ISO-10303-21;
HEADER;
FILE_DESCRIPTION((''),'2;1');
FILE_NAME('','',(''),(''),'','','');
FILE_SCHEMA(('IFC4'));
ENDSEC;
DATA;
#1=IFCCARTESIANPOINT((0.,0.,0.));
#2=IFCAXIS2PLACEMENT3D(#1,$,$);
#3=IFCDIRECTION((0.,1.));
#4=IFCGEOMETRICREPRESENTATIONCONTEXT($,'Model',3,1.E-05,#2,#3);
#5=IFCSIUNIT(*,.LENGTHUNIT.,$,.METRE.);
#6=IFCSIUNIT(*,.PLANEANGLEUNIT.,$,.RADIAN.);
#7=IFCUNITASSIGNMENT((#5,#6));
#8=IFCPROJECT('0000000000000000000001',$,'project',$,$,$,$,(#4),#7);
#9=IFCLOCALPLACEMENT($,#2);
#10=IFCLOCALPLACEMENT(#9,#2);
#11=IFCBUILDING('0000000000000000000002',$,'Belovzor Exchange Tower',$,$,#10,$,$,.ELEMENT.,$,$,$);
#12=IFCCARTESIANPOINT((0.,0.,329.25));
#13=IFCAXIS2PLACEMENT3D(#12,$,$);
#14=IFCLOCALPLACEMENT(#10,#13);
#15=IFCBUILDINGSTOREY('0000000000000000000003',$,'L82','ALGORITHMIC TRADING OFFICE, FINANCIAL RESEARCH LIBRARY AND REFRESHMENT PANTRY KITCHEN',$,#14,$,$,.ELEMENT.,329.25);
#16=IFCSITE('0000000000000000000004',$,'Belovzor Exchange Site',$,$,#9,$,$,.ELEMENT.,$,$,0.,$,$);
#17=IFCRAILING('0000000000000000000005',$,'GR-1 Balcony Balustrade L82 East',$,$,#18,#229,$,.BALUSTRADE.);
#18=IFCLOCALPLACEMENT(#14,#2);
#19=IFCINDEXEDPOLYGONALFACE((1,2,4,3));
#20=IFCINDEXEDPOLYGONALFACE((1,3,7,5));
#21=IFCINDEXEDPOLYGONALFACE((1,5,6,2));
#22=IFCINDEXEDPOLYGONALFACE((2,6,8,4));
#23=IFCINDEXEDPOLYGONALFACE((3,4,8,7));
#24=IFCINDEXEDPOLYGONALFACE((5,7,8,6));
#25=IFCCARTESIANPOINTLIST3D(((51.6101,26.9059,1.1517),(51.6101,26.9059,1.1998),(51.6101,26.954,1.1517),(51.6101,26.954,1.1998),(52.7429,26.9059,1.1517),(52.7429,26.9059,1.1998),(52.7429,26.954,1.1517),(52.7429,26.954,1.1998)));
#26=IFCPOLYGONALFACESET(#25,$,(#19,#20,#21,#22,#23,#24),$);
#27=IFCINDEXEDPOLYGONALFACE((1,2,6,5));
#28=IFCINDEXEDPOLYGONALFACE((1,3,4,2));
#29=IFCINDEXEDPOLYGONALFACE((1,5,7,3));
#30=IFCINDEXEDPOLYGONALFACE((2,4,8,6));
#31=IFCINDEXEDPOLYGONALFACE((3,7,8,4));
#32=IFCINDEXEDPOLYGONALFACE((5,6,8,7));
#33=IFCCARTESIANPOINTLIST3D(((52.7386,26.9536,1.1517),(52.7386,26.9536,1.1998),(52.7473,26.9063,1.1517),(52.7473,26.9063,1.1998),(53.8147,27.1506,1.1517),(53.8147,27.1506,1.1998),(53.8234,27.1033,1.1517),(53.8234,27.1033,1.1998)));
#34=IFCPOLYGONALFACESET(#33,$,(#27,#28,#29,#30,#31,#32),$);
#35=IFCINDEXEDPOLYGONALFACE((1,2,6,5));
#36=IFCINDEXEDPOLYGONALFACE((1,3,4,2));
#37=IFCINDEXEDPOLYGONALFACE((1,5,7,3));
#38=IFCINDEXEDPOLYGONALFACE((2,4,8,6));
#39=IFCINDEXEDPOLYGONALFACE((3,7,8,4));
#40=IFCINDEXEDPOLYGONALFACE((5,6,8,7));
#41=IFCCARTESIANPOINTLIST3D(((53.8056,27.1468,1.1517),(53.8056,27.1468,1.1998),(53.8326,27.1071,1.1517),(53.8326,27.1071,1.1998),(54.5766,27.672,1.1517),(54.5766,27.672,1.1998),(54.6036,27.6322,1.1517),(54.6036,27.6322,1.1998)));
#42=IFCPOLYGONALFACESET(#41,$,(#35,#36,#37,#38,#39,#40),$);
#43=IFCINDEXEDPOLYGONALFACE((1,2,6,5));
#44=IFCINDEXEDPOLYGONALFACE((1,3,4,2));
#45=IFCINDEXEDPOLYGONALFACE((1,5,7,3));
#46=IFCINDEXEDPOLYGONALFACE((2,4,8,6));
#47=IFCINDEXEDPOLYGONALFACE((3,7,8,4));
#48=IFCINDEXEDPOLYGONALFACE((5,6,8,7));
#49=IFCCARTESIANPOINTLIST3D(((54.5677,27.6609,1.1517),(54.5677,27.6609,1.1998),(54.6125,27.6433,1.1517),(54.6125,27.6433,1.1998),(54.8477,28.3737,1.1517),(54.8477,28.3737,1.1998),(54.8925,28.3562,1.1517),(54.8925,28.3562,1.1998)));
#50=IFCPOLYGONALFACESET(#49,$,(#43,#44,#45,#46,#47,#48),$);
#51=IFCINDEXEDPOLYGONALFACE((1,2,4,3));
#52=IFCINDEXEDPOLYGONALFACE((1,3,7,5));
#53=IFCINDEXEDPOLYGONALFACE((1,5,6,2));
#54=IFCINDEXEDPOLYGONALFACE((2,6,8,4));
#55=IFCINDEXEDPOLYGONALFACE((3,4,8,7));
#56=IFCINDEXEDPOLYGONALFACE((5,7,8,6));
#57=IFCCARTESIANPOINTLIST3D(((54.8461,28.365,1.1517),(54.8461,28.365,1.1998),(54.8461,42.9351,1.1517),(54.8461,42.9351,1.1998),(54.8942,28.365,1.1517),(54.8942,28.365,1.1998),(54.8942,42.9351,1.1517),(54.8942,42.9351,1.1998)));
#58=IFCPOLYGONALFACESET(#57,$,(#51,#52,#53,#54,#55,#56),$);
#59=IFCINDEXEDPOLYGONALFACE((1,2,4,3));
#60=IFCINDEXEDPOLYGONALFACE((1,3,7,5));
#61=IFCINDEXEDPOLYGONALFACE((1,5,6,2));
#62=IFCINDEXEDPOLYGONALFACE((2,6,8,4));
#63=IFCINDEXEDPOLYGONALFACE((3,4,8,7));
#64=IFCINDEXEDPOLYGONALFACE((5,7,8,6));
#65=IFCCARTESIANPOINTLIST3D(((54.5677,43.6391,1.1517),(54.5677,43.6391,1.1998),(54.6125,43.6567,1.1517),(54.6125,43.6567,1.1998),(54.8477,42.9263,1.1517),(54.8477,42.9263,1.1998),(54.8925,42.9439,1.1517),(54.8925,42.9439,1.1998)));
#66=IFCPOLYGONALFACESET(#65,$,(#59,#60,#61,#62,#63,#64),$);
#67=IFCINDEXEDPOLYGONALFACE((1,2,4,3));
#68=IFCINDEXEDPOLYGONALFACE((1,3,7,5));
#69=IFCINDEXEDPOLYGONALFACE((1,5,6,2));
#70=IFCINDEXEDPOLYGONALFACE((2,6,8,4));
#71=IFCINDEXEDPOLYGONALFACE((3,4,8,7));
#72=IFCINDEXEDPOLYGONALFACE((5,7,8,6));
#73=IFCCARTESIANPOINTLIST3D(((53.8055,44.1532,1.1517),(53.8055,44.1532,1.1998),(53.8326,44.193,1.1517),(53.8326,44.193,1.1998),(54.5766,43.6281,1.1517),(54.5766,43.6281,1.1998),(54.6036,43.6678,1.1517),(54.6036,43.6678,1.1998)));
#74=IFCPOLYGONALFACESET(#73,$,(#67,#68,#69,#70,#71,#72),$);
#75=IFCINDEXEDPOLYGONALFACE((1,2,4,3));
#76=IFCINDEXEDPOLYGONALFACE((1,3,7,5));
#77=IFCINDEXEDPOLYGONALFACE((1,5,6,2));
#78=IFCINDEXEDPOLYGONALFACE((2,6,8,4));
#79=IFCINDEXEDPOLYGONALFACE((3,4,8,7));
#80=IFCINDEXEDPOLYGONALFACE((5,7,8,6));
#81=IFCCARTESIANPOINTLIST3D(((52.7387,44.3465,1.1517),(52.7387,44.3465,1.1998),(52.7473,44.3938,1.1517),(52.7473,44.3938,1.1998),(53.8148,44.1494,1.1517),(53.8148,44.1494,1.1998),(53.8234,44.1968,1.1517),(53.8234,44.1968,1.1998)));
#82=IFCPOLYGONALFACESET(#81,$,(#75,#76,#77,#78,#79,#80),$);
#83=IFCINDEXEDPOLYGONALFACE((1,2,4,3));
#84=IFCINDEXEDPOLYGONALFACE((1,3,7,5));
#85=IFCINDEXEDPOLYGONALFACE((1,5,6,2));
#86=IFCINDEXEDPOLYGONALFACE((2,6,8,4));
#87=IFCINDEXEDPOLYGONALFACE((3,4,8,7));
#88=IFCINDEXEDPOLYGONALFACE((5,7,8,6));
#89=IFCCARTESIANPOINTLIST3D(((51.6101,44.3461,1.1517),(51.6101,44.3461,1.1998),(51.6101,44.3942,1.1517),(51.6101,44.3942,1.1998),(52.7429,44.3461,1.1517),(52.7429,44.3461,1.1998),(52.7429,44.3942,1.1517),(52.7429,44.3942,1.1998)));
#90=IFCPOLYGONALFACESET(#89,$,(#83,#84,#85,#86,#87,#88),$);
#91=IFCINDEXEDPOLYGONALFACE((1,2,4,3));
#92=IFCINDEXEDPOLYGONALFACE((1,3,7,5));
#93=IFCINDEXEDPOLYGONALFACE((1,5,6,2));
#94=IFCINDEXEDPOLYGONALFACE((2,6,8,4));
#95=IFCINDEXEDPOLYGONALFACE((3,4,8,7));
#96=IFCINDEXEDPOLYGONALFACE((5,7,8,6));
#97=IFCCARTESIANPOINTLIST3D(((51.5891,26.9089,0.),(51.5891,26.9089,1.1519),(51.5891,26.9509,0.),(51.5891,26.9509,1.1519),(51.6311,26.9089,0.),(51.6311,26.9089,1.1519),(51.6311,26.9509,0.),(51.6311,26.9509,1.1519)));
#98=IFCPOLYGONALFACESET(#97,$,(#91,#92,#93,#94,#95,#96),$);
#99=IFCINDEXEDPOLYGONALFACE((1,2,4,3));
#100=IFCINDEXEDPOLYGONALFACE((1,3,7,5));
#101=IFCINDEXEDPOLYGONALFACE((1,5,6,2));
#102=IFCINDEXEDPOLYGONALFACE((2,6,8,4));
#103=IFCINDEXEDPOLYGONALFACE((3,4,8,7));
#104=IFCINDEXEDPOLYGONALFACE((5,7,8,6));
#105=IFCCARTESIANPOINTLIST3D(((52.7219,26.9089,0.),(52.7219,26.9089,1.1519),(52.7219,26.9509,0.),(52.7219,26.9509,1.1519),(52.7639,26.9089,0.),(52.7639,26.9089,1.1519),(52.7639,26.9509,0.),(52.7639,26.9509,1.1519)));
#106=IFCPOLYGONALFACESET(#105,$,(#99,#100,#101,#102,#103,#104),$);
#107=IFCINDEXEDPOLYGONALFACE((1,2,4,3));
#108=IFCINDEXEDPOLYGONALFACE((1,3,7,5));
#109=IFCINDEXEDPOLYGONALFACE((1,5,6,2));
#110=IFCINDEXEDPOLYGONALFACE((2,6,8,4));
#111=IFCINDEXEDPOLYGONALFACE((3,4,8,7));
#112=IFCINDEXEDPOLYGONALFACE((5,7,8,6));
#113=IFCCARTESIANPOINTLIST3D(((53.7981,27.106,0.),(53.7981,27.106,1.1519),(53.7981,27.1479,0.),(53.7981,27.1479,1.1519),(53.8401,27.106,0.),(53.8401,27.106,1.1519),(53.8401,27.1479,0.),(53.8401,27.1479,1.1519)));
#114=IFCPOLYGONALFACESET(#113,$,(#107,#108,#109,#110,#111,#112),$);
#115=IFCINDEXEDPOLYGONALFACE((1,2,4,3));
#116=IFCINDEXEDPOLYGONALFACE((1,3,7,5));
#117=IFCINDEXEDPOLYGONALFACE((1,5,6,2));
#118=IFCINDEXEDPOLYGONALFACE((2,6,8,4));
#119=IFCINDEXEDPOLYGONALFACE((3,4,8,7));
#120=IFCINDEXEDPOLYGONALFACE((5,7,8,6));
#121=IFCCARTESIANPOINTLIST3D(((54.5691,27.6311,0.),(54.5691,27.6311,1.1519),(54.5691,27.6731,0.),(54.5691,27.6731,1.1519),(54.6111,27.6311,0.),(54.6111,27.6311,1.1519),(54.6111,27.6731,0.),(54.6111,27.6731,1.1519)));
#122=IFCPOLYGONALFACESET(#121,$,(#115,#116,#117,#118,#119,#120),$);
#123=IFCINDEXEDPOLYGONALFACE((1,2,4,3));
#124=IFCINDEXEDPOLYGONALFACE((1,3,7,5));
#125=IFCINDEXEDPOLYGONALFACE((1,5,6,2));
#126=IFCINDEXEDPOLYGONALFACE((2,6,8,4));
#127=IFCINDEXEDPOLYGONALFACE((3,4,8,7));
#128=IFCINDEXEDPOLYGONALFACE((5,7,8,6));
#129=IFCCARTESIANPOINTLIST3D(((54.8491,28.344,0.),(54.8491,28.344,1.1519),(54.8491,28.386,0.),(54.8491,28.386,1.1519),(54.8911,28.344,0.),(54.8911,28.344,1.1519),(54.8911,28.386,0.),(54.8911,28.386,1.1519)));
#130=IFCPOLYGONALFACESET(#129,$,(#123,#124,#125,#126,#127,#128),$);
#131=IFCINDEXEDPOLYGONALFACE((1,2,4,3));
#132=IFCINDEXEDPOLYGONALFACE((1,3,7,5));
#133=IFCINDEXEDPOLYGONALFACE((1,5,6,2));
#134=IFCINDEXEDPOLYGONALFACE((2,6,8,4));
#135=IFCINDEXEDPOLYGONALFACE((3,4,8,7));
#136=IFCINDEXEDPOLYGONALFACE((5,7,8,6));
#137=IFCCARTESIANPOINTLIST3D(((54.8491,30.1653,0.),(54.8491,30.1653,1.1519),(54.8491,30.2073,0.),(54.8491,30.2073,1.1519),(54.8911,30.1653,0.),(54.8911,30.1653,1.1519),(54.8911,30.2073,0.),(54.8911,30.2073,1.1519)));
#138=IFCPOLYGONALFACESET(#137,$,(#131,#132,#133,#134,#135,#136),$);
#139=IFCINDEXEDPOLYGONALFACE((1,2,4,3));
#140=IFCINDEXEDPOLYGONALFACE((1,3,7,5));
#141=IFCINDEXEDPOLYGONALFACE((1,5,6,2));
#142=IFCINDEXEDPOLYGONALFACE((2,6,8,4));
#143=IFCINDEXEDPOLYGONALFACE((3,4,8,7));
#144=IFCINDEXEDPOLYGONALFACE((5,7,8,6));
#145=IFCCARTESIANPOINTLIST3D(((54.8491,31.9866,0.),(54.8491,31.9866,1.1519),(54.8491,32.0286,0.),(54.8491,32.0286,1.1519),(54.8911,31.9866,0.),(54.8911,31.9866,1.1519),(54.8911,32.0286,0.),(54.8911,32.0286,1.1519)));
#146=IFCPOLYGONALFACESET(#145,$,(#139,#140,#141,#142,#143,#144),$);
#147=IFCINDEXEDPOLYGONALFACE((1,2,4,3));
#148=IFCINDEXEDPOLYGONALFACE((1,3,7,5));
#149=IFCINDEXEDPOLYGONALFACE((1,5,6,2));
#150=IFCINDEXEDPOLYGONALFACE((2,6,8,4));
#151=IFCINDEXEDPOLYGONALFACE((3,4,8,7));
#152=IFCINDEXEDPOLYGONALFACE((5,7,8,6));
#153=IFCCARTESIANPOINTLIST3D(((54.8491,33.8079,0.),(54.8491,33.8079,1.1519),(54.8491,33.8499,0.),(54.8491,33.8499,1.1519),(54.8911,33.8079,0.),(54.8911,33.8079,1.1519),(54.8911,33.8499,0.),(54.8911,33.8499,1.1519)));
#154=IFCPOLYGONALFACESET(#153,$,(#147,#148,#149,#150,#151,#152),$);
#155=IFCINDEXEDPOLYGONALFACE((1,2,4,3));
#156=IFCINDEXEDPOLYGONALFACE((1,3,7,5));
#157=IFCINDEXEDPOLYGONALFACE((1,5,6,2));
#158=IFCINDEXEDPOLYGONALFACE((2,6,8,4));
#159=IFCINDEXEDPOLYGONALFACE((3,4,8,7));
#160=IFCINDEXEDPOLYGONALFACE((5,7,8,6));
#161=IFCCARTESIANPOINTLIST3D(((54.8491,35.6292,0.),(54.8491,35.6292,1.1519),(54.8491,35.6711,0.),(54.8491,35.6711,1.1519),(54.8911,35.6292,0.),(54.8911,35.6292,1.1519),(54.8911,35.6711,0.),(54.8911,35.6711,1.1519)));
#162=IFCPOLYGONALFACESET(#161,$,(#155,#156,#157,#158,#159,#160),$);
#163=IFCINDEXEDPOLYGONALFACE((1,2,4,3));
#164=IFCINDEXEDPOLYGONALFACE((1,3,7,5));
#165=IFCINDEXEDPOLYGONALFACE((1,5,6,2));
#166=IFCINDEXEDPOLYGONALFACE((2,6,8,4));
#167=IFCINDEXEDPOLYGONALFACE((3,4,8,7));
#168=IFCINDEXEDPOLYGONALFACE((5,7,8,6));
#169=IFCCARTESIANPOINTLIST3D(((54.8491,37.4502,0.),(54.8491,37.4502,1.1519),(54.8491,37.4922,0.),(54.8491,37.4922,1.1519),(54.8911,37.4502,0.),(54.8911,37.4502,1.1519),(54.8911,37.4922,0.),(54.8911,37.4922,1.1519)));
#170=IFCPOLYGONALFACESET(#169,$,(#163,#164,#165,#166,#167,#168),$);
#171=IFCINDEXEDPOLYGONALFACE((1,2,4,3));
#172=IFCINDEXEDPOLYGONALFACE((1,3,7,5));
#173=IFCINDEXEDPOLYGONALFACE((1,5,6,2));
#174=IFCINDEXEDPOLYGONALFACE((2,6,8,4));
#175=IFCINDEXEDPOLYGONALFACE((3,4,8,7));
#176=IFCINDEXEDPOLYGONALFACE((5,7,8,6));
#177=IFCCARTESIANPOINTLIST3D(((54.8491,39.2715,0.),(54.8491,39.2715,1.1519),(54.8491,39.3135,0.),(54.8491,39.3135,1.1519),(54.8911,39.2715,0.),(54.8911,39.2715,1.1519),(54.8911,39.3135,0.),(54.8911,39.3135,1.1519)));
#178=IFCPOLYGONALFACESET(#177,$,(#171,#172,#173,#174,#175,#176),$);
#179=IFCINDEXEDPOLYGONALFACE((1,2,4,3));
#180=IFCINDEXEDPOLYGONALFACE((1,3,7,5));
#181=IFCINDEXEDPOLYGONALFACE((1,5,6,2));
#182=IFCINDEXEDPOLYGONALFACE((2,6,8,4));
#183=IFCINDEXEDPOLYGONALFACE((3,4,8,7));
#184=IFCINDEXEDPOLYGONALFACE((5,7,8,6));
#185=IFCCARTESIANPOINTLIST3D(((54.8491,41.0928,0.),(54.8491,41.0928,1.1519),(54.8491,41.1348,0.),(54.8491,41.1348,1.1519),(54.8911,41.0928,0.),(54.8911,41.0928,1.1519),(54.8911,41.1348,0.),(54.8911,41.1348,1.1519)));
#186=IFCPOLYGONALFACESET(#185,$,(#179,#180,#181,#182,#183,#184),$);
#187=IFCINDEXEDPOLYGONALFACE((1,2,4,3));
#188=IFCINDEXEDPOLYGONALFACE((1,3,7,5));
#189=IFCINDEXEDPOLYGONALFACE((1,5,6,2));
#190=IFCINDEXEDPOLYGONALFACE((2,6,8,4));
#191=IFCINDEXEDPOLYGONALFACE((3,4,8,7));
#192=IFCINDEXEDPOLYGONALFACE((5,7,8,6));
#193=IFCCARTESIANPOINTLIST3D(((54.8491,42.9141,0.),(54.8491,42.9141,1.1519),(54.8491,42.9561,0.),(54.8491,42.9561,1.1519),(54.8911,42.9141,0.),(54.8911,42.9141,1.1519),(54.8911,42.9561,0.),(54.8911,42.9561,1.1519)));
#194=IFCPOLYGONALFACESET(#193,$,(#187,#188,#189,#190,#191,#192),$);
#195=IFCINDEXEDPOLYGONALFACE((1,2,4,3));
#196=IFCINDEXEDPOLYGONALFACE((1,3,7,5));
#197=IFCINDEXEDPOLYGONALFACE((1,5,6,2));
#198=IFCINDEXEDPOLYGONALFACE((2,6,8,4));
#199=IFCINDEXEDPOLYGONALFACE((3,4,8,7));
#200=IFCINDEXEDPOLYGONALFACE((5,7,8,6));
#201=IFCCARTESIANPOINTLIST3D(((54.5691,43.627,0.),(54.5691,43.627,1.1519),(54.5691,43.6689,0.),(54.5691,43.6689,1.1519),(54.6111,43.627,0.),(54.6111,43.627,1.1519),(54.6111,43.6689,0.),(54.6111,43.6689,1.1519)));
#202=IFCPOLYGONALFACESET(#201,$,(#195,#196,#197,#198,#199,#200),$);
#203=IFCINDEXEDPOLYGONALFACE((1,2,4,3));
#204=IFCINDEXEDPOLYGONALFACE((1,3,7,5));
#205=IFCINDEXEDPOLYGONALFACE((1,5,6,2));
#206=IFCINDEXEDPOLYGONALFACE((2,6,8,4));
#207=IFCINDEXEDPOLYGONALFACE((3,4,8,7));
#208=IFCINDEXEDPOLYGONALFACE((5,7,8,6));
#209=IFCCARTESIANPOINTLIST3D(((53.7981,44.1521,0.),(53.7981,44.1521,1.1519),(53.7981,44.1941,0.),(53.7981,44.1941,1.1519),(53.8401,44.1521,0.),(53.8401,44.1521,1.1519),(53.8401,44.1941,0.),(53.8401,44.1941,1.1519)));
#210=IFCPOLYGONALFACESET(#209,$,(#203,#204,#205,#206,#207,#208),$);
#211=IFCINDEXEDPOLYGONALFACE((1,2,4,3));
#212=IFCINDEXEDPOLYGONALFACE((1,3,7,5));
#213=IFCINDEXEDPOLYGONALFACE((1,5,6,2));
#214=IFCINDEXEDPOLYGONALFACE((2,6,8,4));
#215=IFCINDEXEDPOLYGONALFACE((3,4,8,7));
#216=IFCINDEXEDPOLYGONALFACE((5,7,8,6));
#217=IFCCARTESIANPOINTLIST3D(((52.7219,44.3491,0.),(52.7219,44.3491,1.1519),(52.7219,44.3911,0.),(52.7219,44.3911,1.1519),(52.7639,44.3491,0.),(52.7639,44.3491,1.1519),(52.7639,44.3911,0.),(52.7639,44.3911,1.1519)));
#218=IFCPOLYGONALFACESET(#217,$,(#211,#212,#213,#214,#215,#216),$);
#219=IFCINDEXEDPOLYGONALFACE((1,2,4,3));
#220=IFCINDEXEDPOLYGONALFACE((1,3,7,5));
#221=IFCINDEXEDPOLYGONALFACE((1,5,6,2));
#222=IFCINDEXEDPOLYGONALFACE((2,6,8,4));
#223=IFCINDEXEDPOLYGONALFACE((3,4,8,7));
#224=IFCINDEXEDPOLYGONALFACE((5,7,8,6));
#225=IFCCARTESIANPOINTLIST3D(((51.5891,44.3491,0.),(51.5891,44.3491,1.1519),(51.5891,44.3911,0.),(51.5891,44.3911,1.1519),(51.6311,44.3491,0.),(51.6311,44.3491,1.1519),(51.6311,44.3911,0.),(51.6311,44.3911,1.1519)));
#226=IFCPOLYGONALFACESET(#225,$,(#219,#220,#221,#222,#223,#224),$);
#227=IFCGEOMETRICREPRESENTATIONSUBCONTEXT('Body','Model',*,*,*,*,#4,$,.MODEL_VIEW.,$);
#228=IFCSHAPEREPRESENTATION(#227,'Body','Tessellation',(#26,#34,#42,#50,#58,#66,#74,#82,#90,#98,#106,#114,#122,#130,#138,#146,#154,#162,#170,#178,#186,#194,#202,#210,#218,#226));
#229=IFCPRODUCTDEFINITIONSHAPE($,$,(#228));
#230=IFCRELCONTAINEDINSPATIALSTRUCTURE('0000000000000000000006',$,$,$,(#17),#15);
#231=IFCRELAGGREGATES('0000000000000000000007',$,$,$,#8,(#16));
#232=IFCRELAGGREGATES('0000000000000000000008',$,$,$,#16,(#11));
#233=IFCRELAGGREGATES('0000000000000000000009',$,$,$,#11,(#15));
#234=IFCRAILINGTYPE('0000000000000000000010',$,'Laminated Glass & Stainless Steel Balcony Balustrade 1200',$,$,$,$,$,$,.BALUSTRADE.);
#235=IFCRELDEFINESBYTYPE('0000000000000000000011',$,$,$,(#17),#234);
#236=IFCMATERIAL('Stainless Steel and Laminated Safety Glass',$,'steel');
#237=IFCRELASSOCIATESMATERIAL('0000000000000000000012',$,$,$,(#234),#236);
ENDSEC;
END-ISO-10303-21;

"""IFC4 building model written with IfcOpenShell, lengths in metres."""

from ifc_helpers import new_model, si_unit, direction, frame, origin, origin_2d, place, context, subcontext, project, spatial, rectangle, extrude, material, type_object, element, save


model = new_model("IFC4")

# Units and contexts
model_context = context("Model", 3, precision=1e-05, world=origin(), true_north=direction((0.0, 1.0)))
body_context = subcontext(model_context, "Body", "Model", "MODEL_VIEW")
ifc_project = project(units=[si_unit("LENGTHUNIT", "METRE"), si_unit("PLANEANGLEUNIT", "RADIAN")], contexts=[model_context])

# Site, building, storey
site_placement = place(None, origin())
site = spatial("IfcSite", under=ifc_project, at=site_placement, Name="Belovzor Exchange Site", CompositionType="ELEMENT", RefElevation=0.0)
building_placement = place(site_placement, origin())
building = spatial("IfcBuilding", under=site, at=building_placement, Name="Belovzor Exchange Tower", CompositionType="ELEMENT")
storey_placement = place(building_placement, frame((0.0, 0.0, 329.25)))
storey = spatial("IfcBuildingStorey", under=building, at=storey_placement, Name="L82", Description="ALGORITHMIC TRADING OFFICE, FINANCIAL RESEARCH LIBRARY AND REFRESHMENT PANTRY KITCHEN", CompositionType="ELEMENT", Elevation=329.25)

# Railing
ifc_material_1 = material(Name="Stainless Steel and Laminated Safety Glass", Category="steel")
railing_type = type_object("IfcRailingType", Name="Laminated Glass & Stainless Steel Balcony Balustrade 1200", PredefinedType="BALUSTRADE", material=ifc_material_1)
railing_placement = place(storey_placement, frame((51.6101, 26.9299, 0.0)))
element("IfcRailing", 1, at=railing_placement, inside=storey, type_object=railing_type, Name="GR-1 Balcony Balustrade L82 East", PredefinedType="BALUSTRADE", context=body_context, shape_type="SweptSolid", body=[
    extrude(rectangle(XDim=0.0481, YDim=0.0481, at=origin_2d()), frame((0.0, 0.0, 1.1758), z_axis=(1.0, 0.0, 0.0), x_axis=(0.0, 1.0, 0.0)), (0.0, 0.0, 1.0), 1.1328),
    extrude(rectangle(XDim=0.0481, YDim=0.0481, at=origin_2d()), frame((1.1328, 0.0, 1.1758), z_axis=(0.983651, 0.180083, 0.0), x_axis=(-0.180083, 0.983651, 0.0)), (0.0, 0.0, 1.0), 1.094),
    extrude(rectangle(XDim=0.0481, YDim=0.0481, at=origin_2d()), frame((2.209, 0.197, 1.1758), z_axis=(0.826493, 0.562947, 0.0), x_axis=(-0.562947, 0.826493, 0.0)), (0.0, 0.0, 1.0), 0.9329),
    extrude(rectangle(XDim=0.0481, YDim=0.0481, at=origin_2d()), frame((2.98, 0.7222, 1.1758), z_axis=(0.365613, 0.930767, 0.0), x_axis=(-0.930767, 0.365613, 0.0)), (0.0, 0.0, 1.0), 0.7659),
    extrude(rectangle(XDim=0.0481, YDim=0.0481, at=origin_2d()), frame((3.26, 1.4351, 1.1758), z_axis=(0.0, 1.0, 0.0), x_axis=(-1.0, 0.0, 0.0)), (0.0, 0.0, 1.0), 14.5701),
    extrude(rectangle(XDim=0.0481, YDim=0.0481, at=origin_2d()), frame((3.26, 16.0051, 1.1758), z_axis=(-0.365613, 0.930767, 0.0), x_axis=(-0.930767, -0.365613, 0.0)), (0.0, 0.0, 1.0), 0.7659),
    extrude(rectangle(XDim=0.0481, YDim=0.0481, at=origin_2d()), frame((2.98, 16.718, 1.1758), z_axis=(-0.826493, 0.562947, 0.0), x_axis=(-0.562947, -0.826493, 0.0)), (0.0, 0.0, 1.0), 0.9329),
    extrude(rectangle(XDim=0.0481, YDim=0.0481, at=origin_2d()), frame((2.209, 17.2432, 1.1758), z_axis=(-0.983651, 0.180083, 0.0), x_axis=(-0.180083, -0.983651, 0.0)), (0.0, 0.0, 1.0), 1.094),
    extrude(rectangle(XDim=0.0481, YDim=0.0481, at=origin_2d()), frame((1.1328, 17.4402, 1.1758), z_axis=(-1.0, 0.0, 0.0), x_axis=(0.0, -1.0, 0.0)), (0.0, 0.0, 1.0), 1.1328),
    extrude(rectangle(XDim=0.042, YDim=0.042, at=origin_2d()), origin(), (0.0, 0.0, 1.0), 1.1519),
    extrude(rectangle(XDim=0.042, YDim=0.042, at=origin_2d()), frame((1.1328, 0.0, 0.0)), (0.0, 0.0, 1.0), 1.1519),
    extrude(rectangle(XDim=0.042, YDim=0.042, at=origin_2d()), frame((2.209, 0.197, 0.0)), (0.0, 0.0, 1.0), 1.1519),
    extrude(rectangle(XDim=0.042, YDim=0.042, at=origin_2d()), frame((2.98, 0.7222, 0.0)), (0.0, 0.0, 1.0), 1.1519),
    extrude(rectangle(XDim=0.042, YDim=0.042, at=origin_2d()), frame((3.26, 1.4351, 0.0)), (0.0, 0.0, 1.0), 1.1519),
    extrude(rectangle(XDim=0.042, YDim=0.042, at=origin_2d()), frame((3.26, 3.2563, 0.0)), (0.0, 0.0, 1.0), 1.1519),
    extrude(rectangle(XDim=0.042, YDim=0.042, at=origin_2d()), frame((3.26, 5.0776, 0.0)), (0.0, 0.0, 1.0), 1.1519),
    extrude(rectangle(XDim=0.042, YDim=0.042, at=origin_2d()), frame((3.26, 6.8989, 0.0)), (0.0, 0.0, 1.0), 1.1519),
    extrude(rectangle(XDim=0.042, YDim=0.042, at=origin_2d()), frame((3.26, 8.7202, 0.0)), (0.0, 0.0, 1.0), 1.1519),
    extrude(rectangle(XDim=0.042, YDim=0.042, at=origin_2d()), frame((3.26, 10.5413, 0.0)), (0.0, 0.0, 1.0), 1.1519),
    extrude(rectangle(XDim=0.042, YDim=0.042, at=origin_2d()), frame((3.26, 12.3625, 0.0)), (0.0, 0.0, 1.0), 1.1519),
    extrude(rectangle(XDim=0.042, YDim=0.042, at=origin_2d()), frame((3.26, 14.1838, 0.0)), (0.0, 0.0, 1.0), 1.1519),
    extrude(rectangle(XDim=0.042, YDim=0.042, at=origin_2d()), frame((3.26, 16.0051, 0.0)), (0.0, 0.0, 1.0), 1.1519),
    extrude(rectangle(XDim=0.042, YDim=0.042, at=origin_2d()), frame((2.98, 16.718, 0.0)), (0.0, 0.0, 1.0), 1.1519),
    extrude(rectangle(XDim=0.042, YDim=0.042, at=origin_2d()), frame((2.209, 17.2432, 0.0)), (0.0, 0.0, 1.0), 1.1519),
    extrude(rectangle(XDim=0.042, YDim=0.042, at=origin_2d()), frame((1.1328, 17.4402, 0.0)), (0.0, 0.0, 1.0), 1.1519),
    extrude(rectangle(XDim=0.042, YDim=0.042, at=origin_2d()), frame((0.0, 17.4402, 0.0)), (0.0, 0.0, 1.0), 1.1519),
])

save(model, "model.ifc")
